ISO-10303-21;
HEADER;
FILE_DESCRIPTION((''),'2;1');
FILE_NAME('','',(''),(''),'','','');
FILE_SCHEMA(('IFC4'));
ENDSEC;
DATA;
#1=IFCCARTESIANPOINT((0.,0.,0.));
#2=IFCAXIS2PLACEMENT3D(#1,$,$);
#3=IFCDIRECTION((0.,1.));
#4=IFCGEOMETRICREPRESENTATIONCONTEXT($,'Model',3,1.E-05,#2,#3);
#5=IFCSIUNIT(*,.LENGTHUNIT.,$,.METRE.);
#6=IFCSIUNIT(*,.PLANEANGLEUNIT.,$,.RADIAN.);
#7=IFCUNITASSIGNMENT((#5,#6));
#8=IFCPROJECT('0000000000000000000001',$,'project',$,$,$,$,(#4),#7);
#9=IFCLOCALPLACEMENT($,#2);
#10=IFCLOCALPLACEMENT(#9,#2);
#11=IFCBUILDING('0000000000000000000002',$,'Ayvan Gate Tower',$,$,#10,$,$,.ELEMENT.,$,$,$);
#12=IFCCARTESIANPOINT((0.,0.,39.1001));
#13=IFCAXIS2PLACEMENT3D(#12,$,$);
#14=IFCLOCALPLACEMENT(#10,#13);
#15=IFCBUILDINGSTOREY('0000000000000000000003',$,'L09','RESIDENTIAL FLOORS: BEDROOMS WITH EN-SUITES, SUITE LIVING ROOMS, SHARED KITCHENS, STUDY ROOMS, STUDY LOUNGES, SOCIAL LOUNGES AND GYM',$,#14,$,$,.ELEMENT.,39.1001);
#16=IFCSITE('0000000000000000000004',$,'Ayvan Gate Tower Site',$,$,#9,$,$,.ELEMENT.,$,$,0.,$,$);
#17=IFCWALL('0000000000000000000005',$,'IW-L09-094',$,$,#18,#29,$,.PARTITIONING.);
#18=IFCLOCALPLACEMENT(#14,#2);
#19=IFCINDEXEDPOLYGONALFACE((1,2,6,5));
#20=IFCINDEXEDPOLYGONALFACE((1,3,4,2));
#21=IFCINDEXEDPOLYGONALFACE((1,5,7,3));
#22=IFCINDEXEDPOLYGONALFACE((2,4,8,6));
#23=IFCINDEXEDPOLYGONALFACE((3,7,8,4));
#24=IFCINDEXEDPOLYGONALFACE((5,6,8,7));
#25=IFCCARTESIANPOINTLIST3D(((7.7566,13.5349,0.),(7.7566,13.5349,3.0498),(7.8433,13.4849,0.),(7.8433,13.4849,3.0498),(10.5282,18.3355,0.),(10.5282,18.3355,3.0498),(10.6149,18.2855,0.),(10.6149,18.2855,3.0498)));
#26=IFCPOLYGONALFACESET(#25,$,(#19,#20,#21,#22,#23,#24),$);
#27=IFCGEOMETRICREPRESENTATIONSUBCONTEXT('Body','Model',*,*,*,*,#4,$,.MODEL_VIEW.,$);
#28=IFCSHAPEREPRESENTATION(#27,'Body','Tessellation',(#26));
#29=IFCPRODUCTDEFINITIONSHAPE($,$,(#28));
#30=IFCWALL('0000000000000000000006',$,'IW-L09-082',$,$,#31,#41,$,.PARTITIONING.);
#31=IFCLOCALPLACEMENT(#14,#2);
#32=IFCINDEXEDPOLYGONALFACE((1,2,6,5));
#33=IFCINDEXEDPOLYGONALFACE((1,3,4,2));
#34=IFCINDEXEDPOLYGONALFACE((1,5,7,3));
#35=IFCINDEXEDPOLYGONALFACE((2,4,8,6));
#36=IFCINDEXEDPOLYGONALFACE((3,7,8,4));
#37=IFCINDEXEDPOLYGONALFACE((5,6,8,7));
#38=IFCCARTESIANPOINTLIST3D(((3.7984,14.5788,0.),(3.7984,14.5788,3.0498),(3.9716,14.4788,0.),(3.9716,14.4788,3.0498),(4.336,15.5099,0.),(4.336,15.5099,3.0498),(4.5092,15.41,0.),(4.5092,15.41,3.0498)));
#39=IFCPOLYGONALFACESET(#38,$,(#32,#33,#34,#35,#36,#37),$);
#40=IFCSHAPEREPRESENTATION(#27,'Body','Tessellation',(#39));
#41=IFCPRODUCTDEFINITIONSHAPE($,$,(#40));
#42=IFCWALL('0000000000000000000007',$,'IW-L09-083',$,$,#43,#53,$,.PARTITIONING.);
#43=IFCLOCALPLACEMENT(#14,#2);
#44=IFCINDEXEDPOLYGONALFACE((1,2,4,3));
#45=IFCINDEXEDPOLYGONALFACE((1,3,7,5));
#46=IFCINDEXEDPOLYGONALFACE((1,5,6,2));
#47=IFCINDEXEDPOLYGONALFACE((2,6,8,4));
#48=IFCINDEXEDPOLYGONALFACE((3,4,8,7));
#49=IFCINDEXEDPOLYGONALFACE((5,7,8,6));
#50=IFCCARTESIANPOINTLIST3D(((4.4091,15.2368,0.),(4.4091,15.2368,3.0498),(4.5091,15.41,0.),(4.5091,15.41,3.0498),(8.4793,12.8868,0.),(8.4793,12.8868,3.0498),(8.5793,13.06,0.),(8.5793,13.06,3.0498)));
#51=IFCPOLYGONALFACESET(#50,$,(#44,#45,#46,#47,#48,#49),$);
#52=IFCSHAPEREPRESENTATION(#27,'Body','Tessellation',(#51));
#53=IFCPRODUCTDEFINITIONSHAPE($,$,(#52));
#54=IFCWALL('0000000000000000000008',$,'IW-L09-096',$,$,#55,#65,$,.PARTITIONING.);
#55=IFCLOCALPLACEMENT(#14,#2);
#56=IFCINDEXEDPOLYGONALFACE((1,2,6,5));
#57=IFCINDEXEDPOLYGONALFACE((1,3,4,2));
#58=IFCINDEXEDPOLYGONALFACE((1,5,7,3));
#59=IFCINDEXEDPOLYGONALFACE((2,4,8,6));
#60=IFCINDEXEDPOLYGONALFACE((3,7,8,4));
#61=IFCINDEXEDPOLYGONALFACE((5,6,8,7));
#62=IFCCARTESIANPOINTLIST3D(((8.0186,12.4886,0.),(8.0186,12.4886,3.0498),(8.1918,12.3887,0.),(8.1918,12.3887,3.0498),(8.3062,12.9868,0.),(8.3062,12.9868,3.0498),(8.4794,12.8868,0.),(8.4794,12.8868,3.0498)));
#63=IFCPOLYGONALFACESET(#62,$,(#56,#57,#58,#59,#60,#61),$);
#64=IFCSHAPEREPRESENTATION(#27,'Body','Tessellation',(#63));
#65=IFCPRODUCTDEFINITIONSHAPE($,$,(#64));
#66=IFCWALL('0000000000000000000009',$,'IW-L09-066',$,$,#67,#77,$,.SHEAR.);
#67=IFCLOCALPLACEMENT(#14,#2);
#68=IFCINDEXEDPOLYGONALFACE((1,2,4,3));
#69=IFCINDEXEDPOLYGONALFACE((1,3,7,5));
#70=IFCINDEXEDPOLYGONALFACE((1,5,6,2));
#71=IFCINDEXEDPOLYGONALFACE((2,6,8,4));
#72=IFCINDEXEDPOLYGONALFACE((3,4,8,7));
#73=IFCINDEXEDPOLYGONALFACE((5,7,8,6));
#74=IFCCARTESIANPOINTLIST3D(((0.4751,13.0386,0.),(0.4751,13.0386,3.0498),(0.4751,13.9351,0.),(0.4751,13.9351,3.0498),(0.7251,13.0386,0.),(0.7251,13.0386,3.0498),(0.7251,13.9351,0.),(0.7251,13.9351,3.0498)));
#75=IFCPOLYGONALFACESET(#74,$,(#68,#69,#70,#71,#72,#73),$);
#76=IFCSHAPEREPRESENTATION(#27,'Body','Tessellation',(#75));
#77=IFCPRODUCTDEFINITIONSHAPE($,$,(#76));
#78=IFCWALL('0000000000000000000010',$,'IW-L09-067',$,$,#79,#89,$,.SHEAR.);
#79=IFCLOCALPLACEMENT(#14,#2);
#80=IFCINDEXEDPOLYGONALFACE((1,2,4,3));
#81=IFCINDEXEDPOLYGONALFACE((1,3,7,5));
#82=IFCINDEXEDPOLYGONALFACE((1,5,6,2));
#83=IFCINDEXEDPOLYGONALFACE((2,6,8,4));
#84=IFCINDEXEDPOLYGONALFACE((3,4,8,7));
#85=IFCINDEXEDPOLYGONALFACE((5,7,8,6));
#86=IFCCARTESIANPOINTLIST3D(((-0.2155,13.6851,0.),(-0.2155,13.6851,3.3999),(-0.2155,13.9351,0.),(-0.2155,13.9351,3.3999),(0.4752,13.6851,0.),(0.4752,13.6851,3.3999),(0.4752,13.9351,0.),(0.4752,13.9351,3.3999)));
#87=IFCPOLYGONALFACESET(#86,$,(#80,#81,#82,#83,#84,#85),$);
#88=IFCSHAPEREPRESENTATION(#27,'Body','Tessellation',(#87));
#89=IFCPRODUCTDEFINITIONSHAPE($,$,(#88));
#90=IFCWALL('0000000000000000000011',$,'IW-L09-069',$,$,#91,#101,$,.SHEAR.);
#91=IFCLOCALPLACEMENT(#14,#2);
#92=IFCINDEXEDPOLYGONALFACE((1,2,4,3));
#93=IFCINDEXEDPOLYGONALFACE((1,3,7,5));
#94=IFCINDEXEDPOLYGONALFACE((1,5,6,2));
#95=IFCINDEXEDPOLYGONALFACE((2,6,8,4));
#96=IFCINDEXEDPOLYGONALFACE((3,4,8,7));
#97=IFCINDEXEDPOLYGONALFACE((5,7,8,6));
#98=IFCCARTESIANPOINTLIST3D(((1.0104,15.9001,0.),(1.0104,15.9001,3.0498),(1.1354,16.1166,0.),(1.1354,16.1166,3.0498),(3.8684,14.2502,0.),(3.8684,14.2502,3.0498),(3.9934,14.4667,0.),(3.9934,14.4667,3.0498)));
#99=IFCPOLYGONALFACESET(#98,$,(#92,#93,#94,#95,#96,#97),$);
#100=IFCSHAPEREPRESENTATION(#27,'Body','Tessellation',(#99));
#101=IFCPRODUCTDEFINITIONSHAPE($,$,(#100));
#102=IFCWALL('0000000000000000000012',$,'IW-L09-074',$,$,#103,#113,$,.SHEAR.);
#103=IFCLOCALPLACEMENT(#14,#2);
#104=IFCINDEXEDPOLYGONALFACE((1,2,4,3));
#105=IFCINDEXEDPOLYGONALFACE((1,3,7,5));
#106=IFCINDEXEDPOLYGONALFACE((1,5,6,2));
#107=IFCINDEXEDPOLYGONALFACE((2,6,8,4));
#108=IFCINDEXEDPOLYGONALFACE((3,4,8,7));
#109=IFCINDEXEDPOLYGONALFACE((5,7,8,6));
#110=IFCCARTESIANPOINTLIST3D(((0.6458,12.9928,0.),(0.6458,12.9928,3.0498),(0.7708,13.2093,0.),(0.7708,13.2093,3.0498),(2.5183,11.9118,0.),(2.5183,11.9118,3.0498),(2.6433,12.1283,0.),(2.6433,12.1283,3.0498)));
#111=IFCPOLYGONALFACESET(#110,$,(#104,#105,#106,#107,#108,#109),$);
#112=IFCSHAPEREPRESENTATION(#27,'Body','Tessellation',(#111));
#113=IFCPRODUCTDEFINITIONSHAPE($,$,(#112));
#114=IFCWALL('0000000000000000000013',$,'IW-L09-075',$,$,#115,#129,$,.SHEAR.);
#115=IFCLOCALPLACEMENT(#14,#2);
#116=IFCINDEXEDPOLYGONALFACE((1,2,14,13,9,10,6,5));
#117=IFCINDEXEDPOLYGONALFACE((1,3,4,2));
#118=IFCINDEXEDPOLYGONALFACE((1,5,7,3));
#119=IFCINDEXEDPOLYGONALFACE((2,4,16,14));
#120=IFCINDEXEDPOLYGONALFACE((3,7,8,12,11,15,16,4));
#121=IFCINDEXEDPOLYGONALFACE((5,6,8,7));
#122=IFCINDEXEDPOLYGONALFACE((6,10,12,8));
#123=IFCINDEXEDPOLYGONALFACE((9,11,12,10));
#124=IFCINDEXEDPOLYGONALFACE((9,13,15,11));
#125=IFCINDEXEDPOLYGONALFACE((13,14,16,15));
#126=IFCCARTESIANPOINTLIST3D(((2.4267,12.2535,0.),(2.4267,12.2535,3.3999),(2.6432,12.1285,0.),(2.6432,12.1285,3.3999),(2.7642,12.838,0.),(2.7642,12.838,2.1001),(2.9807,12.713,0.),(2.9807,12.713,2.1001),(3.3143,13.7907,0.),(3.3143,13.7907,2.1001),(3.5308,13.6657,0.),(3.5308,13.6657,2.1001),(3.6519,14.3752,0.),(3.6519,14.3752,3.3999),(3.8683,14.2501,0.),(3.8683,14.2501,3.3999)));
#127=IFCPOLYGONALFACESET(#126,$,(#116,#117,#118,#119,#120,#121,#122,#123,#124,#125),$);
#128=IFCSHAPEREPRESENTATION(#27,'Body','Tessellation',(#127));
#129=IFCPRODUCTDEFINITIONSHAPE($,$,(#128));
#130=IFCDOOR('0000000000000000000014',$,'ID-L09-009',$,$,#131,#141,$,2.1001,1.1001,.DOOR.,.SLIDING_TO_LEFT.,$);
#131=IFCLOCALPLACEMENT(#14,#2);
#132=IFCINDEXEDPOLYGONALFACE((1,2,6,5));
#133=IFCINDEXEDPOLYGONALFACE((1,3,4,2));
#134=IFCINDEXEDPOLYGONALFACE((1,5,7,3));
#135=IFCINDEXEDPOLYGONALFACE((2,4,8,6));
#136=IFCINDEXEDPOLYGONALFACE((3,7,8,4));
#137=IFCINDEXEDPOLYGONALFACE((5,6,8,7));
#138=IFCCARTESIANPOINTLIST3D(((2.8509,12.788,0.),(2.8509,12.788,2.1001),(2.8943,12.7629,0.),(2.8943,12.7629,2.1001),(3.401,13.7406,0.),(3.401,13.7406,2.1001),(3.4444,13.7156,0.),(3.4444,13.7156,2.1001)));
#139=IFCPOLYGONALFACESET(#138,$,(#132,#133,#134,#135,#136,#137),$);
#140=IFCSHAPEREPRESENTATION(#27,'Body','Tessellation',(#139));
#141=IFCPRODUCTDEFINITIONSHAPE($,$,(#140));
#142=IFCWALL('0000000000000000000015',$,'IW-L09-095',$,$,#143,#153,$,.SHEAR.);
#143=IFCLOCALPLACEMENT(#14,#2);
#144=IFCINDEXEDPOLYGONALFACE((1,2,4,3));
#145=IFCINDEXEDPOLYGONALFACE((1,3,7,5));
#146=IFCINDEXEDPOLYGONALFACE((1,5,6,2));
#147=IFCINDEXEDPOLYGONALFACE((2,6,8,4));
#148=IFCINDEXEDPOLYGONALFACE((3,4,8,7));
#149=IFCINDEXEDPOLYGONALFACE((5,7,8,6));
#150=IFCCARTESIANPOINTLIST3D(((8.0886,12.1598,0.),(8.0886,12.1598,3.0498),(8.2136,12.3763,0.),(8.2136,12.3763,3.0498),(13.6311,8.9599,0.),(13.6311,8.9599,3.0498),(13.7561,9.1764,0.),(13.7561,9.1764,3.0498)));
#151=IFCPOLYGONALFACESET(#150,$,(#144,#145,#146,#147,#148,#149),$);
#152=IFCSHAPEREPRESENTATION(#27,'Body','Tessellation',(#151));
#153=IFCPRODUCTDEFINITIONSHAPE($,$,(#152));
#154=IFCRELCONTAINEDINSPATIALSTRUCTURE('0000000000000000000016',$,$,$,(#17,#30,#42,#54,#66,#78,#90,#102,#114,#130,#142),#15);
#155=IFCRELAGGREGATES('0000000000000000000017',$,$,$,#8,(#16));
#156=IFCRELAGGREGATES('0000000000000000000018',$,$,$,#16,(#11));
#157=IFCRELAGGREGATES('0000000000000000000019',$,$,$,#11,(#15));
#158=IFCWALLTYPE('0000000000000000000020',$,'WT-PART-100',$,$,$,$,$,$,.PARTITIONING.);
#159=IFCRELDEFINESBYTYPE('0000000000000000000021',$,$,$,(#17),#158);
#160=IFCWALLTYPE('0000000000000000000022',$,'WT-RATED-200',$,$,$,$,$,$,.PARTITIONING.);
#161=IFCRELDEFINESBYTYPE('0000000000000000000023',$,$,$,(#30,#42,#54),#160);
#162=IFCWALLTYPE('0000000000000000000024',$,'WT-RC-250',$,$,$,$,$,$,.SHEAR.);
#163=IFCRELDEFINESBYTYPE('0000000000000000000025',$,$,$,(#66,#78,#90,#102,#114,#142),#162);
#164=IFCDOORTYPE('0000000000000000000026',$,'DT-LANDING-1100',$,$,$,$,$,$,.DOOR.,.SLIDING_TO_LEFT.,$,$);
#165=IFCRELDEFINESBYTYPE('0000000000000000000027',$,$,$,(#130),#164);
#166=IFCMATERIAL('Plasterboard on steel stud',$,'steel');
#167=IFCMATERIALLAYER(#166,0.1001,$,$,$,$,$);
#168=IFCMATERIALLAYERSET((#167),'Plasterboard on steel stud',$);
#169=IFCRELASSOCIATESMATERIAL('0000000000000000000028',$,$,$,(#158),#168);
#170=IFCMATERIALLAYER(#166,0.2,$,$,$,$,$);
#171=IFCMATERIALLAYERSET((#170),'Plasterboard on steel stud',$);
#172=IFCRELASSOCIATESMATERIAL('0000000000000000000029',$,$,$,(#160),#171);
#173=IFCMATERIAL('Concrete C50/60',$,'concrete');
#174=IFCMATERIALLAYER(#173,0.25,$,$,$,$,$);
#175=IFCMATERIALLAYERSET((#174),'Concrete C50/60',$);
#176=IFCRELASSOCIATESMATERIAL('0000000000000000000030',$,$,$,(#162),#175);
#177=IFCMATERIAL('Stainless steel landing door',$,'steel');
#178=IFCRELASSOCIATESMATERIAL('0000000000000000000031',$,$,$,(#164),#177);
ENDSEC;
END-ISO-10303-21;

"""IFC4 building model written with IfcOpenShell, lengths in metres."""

from ifc_helpers import new_model, si_unit, direction, frame, frame_2d, origin, place, context, subcontext, project, spatial, rectangle, extrude, material, layer, layer_set, type_object, element, fill, save


model = new_model("IFC4")

# Units and contexts
model_context = context("Model", 3, precision=1e-05, world=origin(), true_north=direction((0.0, 1.0)))
body_context = subcontext(model_context, "Body", "Model", "MODEL_VIEW")
ifc_project = project(units=[si_unit("LENGTHUNIT", "METRE"), si_unit("PLANEANGLEUNIT", "RADIAN")], contexts=[model_context])

# Site, building, storey
site_placement = place(None, origin())
site = spatial("IfcSite", under=ifc_project, at=site_placement, Name="Ayvan Gate Tower Site", CompositionType="ELEMENT", RefElevation=0.0)
building_placement = place(site_placement, origin())
building = spatial("IfcBuilding", under=site, at=building_placement, Name="Ayvan Gate Tower", CompositionType="ELEMENT")
storey_placement = place(building_placement, frame((0.0, 0.0, 39.1001)))
storey = spatial("IfcBuildingStorey", under=building, at=storey_placement, Name="L09", Description="RESIDENTIAL FLOORS: BEDROOMS WITH EN-SUITES, SUITE LIVING ROOMS, SHARED KITCHENS, STUDY ROOMS, STUDY LOUNGES, SOCIAL LOUNGES AND GYM", CompositionType="ELEMENT", Elevation=39.1001)

# Walls
ifc_material_1 = material(Name="Plasterboard on steel stud", Category="steel")
ifc_layer_1 = layer(ifc_material_1, 0.1001)
ifc_layer_set_1 = layer_set([ifc_layer_1], Name="Plasterboard on steel stud")
wall_type_1 = type_object("IfcWallType", Name="WT-PART-100", PredefinedType="PARTITIONING", material=ifc_layer_set_1)
wall_1_placement = place(storey_placement, frame((7.8, 13.51, 0.0), z_axis=(0.0, 0.0, 1.0), x_axis=(0.499986, 0.866034, 0.0)))
element("IfcWall", 1, at=wall_1_placement, inside=storey, type_object=wall_type_1, Name="IW-L09-094", PredefinedType="PARTITIONING", context=body_context, shape_type="SweptSolid", body=[
    extrude(rectangle(XDim=5.5432, YDim=0.1001, at=frame_2d((2.7715, 0.0))), origin(), (0.0, 0.0, 1.0), 3.0498),
])
ifc_layer_2 = layer(ifc_material_1, 0.2)
ifc_layer_set_2 = layer_set([ifc_layer_2], Name="Plasterboard on steel stud")
wall_type_2 = type_object("IfcWallType", Name="WT-RATED-200", PredefinedType="PARTITIONING", material=ifc_layer_set_2)
wall_2_placement = place(storey_placement, frame((3.885, 14.5288, 0.0), z_axis=(0.0, 0.0, 1.0), x_axis=(0.499998, 0.866027, 0.0)))
element("IfcWall", 2, at=wall_2_placement, inside=storey, type_object=wall_type_2, Name="IW-L09-082", PredefinedType="PARTITIONING", context=body_context, shape_type="SweptSolid", body=[
    extrude(rectangle(XDim=1.0752, YDim=0.2, at=frame_2d((0.5376, 0.0))), origin(), (0.0, 0.0, 1.0), 3.0498),
])
wall_3_placement = place(storey_placement, frame((4.459, 15.3235, 0.0), z_axis=(0.0, 0.0, 1.0), x_axis=(0.866016, -0.500016, 0.0)))
element("IfcWall", 3, at=wall_3_placement, inside=storey, type_object=wall_type_2, Name="IW-L09-083", PredefinedType="PARTITIONING", context=body_context, shape_type="SweptSolid", body=[
    extrude(rectangle(XDim=4.7, YDim=0.2, at=frame_2d((2.3501, 0.0))), origin(), (0.0, 0.0, 1.0), 3.0498),
])
wall_4_placement = place(storey_placement, frame((8.3928, 12.9368, 0.0), z_axis=(0.0, 0.0, 1.0), x_axis=(-0.500065, -0.865988, 0.0)))
element("IfcWall", 4, at=wall_4_placement, inside=storey, type_object=wall_type_2, Name="IW-L09-096", PredefinedType="PARTITIONING", context=body_context, shape_type="SweptSolid", body=[
    extrude(rectangle(XDim=0.5752, YDim=0.2, at=frame_2d((0.2876, 0.0))), origin(), (0.0, 0.0, 1.0), 3.0498),
])
ifc_material_2 = material(Name="Concrete C50/60", Category="concrete")
ifc_layer_3 = layer(ifc_material_2, 0.25)
ifc_layer_set_3 = layer_set([ifc_layer_3], Name="Concrete C50/60")
wall_type_3 = type_object("IfcWallType", Name="WT-RC-250", PredefinedType="SHEAR", material=ifc_layer_set_3)
wall_5_placement = place(storey_placement, frame((0.6001, 13.0386, 0.0), z_axis=(0.0, 0.0, 1.0), x_axis=(0.0, 1.0, 0.0)))
element("IfcWall", 5, at=wall_5_placement, inside=storey, type_object=wall_type_3, Name="IW-L09-066", PredefinedType="SHEAR", context=body_context, shape_type="SweptSolid", body=[
    extrude(rectangle(XDim=0.8965, YDim=0.25, at=frame_2d((0.4482, 0.0))), origin(), (0.0, 0.0, 1.0), 3.0498),
])
wall_6_placement = place(storey_placement, frame((0.4751, 13.8101, 0.0), z_axis=(0.0, 0.0, 1.0), x_axis=(-1.0, 0.0, 0.0)))
element("IfcWall", 6, at=wall_6_placement, inside=storey, type_object=wall_type_3, Name="IW-L09-067", PredefinedType="SHEAR", context=body_context, shape_type="SweptSolid", body=[
    extrude(rectangle(XDim=0.6907, YDim=0.25, at=frame_2d((0.3452, 0.0))), origin(), (0.0, 0.0, 1.0), 3.3999),
])
wall_7_placement = place(storey_placement, frame((1.073, 16.0083, 0.0), z_axis=(0.0, 0.0, 1.0), x_axis=(0.86604, -0.499974, 0.0)))
element("IfcWall", 7, at=wall_7_placement, inside=storey, type_object=wall_type_3, Name="IW-L09-069", PredefinedType="SHEAR", context=body_context, shape_type="SweptSolid", body=[
    extrude(rectangle(XDim=3.3, YDim=0.25, at=frame_2d((1.6499, 0.0))), origin(), (0.0, 0.0, 1.0), 3.0498),
])
wall_8_placement = place(storey_placement, frame((2.5808, 12.02, 0.0), z_axis=(0.0, 0.0, 1.0), x_axis=(-0.866039, 0.499977, 0.0)))
element("IfcWall", 8, at=wall_8_placement, inside=storey, type_object=wall_type_3, Name="IW-L09-074", PredefinedType="SHEAR", context=body_context, shape_type="SweptSolid", body=[
    extrude(rectangle(XDim=2.1621, YDim=0.25, at=frame_2d((1.0811, 0.0))), origin(), (0.0, 0.0, 1.0), 3.0498),
])

# Wall, opening, door
wall_9_placement = place(storey_placement, frame((2.5349, 12.1909, 0.0), z_axis=(0.0, 0.0, 1.0), x_axis=(0.500062, 0.86599, 0.0)))
wall_9 = element("IfcWall", 9, at=wall_9_placement, inside=storey, type_object=wall_type_3, Name="IW-L09-075", PredefinedType="SHEAR", context=body_context, shape_type="SweptSolid", body=[
    extrude(rectangle(XDim=2.45, YDim=0.25, at=frame_2d((1.2251, 0.0))), origin(), (0.0, 0.0, 1.0), 3.3999),
])
opening_placement = place(wall_9_placement, frame((0.675, 0.0, 0.0)))
opening = element("IfcOpeningElement", 10, at=opening_placement, cuts=wall_9, PredefinedType="OPENING", context=body_context, shape_type="SweptSolid", body=[
    extrude(rectangle(XDim=1.1001, YDim=2.1001, at=frame_2d((0.55, 1.05))), frame((0.0, 0.135, 0.0), z_axis=(0.0, -1.0, 0.0), x_axis=(1.0, 0.0, 0.0)), (0.0, 0.0, 1.0), 0.27),
])
ifc_material_3 = material(Name="Stainless steel landing door", Category="steel")
door_type = type_object("IfcDoorType", Name="DT-LANDING-1100", OperationType="SLIDING_TO_LEFT", PredefinedType="DOOR", material=ifc_material_3)
door_placement = place(opening_placement, origin())
door = element("IfcDoor", 11, at=door_placement, inside=storey, type_object=door_type, Name="ID-L09-009", OperationType="SLIDING_TO_LEFT", OverallHeight=2.1001, OverallWidth=1.1001, PredefinedType="DOOR", context=body_context, shape_type="SweptSolid", body=[
    extrude(rectangle(XDim=1.1001, YDim=2.1001, at=frame_2d((0.55, 1.05))), frame((0.0, 0.0249, 0.0), z_axis=(0.0, -1.0, 0.0), x_axis=(1.0, 0.0, 0.0)), (0.0, 0.0, 1.0), 0.05),
])
fill(opening, door)

# Wall
wall_10_placement = place(storey_placement, frame((8.1511, 12.2681, 0.0), z_axis=(0.0, 0.0, 1.0), x_axis=(0.866025, -0.5, 0.0)))
element("IfcWall", 12, at=wall_10_placement, inside=storey, type_object=wall_type_3, Name="IW-L09-095", PredefinedType="SHEAR", context=body_context, shape_type="SweptSolid", body=[
    extrude(rectangle(XDim=6.3999, YDim=0.25, at=frame_2d((3.2, 0.0))), origin(), (0.0, 0.0, 1.0), 3.0498),
])

save(model, "model.ifc")
